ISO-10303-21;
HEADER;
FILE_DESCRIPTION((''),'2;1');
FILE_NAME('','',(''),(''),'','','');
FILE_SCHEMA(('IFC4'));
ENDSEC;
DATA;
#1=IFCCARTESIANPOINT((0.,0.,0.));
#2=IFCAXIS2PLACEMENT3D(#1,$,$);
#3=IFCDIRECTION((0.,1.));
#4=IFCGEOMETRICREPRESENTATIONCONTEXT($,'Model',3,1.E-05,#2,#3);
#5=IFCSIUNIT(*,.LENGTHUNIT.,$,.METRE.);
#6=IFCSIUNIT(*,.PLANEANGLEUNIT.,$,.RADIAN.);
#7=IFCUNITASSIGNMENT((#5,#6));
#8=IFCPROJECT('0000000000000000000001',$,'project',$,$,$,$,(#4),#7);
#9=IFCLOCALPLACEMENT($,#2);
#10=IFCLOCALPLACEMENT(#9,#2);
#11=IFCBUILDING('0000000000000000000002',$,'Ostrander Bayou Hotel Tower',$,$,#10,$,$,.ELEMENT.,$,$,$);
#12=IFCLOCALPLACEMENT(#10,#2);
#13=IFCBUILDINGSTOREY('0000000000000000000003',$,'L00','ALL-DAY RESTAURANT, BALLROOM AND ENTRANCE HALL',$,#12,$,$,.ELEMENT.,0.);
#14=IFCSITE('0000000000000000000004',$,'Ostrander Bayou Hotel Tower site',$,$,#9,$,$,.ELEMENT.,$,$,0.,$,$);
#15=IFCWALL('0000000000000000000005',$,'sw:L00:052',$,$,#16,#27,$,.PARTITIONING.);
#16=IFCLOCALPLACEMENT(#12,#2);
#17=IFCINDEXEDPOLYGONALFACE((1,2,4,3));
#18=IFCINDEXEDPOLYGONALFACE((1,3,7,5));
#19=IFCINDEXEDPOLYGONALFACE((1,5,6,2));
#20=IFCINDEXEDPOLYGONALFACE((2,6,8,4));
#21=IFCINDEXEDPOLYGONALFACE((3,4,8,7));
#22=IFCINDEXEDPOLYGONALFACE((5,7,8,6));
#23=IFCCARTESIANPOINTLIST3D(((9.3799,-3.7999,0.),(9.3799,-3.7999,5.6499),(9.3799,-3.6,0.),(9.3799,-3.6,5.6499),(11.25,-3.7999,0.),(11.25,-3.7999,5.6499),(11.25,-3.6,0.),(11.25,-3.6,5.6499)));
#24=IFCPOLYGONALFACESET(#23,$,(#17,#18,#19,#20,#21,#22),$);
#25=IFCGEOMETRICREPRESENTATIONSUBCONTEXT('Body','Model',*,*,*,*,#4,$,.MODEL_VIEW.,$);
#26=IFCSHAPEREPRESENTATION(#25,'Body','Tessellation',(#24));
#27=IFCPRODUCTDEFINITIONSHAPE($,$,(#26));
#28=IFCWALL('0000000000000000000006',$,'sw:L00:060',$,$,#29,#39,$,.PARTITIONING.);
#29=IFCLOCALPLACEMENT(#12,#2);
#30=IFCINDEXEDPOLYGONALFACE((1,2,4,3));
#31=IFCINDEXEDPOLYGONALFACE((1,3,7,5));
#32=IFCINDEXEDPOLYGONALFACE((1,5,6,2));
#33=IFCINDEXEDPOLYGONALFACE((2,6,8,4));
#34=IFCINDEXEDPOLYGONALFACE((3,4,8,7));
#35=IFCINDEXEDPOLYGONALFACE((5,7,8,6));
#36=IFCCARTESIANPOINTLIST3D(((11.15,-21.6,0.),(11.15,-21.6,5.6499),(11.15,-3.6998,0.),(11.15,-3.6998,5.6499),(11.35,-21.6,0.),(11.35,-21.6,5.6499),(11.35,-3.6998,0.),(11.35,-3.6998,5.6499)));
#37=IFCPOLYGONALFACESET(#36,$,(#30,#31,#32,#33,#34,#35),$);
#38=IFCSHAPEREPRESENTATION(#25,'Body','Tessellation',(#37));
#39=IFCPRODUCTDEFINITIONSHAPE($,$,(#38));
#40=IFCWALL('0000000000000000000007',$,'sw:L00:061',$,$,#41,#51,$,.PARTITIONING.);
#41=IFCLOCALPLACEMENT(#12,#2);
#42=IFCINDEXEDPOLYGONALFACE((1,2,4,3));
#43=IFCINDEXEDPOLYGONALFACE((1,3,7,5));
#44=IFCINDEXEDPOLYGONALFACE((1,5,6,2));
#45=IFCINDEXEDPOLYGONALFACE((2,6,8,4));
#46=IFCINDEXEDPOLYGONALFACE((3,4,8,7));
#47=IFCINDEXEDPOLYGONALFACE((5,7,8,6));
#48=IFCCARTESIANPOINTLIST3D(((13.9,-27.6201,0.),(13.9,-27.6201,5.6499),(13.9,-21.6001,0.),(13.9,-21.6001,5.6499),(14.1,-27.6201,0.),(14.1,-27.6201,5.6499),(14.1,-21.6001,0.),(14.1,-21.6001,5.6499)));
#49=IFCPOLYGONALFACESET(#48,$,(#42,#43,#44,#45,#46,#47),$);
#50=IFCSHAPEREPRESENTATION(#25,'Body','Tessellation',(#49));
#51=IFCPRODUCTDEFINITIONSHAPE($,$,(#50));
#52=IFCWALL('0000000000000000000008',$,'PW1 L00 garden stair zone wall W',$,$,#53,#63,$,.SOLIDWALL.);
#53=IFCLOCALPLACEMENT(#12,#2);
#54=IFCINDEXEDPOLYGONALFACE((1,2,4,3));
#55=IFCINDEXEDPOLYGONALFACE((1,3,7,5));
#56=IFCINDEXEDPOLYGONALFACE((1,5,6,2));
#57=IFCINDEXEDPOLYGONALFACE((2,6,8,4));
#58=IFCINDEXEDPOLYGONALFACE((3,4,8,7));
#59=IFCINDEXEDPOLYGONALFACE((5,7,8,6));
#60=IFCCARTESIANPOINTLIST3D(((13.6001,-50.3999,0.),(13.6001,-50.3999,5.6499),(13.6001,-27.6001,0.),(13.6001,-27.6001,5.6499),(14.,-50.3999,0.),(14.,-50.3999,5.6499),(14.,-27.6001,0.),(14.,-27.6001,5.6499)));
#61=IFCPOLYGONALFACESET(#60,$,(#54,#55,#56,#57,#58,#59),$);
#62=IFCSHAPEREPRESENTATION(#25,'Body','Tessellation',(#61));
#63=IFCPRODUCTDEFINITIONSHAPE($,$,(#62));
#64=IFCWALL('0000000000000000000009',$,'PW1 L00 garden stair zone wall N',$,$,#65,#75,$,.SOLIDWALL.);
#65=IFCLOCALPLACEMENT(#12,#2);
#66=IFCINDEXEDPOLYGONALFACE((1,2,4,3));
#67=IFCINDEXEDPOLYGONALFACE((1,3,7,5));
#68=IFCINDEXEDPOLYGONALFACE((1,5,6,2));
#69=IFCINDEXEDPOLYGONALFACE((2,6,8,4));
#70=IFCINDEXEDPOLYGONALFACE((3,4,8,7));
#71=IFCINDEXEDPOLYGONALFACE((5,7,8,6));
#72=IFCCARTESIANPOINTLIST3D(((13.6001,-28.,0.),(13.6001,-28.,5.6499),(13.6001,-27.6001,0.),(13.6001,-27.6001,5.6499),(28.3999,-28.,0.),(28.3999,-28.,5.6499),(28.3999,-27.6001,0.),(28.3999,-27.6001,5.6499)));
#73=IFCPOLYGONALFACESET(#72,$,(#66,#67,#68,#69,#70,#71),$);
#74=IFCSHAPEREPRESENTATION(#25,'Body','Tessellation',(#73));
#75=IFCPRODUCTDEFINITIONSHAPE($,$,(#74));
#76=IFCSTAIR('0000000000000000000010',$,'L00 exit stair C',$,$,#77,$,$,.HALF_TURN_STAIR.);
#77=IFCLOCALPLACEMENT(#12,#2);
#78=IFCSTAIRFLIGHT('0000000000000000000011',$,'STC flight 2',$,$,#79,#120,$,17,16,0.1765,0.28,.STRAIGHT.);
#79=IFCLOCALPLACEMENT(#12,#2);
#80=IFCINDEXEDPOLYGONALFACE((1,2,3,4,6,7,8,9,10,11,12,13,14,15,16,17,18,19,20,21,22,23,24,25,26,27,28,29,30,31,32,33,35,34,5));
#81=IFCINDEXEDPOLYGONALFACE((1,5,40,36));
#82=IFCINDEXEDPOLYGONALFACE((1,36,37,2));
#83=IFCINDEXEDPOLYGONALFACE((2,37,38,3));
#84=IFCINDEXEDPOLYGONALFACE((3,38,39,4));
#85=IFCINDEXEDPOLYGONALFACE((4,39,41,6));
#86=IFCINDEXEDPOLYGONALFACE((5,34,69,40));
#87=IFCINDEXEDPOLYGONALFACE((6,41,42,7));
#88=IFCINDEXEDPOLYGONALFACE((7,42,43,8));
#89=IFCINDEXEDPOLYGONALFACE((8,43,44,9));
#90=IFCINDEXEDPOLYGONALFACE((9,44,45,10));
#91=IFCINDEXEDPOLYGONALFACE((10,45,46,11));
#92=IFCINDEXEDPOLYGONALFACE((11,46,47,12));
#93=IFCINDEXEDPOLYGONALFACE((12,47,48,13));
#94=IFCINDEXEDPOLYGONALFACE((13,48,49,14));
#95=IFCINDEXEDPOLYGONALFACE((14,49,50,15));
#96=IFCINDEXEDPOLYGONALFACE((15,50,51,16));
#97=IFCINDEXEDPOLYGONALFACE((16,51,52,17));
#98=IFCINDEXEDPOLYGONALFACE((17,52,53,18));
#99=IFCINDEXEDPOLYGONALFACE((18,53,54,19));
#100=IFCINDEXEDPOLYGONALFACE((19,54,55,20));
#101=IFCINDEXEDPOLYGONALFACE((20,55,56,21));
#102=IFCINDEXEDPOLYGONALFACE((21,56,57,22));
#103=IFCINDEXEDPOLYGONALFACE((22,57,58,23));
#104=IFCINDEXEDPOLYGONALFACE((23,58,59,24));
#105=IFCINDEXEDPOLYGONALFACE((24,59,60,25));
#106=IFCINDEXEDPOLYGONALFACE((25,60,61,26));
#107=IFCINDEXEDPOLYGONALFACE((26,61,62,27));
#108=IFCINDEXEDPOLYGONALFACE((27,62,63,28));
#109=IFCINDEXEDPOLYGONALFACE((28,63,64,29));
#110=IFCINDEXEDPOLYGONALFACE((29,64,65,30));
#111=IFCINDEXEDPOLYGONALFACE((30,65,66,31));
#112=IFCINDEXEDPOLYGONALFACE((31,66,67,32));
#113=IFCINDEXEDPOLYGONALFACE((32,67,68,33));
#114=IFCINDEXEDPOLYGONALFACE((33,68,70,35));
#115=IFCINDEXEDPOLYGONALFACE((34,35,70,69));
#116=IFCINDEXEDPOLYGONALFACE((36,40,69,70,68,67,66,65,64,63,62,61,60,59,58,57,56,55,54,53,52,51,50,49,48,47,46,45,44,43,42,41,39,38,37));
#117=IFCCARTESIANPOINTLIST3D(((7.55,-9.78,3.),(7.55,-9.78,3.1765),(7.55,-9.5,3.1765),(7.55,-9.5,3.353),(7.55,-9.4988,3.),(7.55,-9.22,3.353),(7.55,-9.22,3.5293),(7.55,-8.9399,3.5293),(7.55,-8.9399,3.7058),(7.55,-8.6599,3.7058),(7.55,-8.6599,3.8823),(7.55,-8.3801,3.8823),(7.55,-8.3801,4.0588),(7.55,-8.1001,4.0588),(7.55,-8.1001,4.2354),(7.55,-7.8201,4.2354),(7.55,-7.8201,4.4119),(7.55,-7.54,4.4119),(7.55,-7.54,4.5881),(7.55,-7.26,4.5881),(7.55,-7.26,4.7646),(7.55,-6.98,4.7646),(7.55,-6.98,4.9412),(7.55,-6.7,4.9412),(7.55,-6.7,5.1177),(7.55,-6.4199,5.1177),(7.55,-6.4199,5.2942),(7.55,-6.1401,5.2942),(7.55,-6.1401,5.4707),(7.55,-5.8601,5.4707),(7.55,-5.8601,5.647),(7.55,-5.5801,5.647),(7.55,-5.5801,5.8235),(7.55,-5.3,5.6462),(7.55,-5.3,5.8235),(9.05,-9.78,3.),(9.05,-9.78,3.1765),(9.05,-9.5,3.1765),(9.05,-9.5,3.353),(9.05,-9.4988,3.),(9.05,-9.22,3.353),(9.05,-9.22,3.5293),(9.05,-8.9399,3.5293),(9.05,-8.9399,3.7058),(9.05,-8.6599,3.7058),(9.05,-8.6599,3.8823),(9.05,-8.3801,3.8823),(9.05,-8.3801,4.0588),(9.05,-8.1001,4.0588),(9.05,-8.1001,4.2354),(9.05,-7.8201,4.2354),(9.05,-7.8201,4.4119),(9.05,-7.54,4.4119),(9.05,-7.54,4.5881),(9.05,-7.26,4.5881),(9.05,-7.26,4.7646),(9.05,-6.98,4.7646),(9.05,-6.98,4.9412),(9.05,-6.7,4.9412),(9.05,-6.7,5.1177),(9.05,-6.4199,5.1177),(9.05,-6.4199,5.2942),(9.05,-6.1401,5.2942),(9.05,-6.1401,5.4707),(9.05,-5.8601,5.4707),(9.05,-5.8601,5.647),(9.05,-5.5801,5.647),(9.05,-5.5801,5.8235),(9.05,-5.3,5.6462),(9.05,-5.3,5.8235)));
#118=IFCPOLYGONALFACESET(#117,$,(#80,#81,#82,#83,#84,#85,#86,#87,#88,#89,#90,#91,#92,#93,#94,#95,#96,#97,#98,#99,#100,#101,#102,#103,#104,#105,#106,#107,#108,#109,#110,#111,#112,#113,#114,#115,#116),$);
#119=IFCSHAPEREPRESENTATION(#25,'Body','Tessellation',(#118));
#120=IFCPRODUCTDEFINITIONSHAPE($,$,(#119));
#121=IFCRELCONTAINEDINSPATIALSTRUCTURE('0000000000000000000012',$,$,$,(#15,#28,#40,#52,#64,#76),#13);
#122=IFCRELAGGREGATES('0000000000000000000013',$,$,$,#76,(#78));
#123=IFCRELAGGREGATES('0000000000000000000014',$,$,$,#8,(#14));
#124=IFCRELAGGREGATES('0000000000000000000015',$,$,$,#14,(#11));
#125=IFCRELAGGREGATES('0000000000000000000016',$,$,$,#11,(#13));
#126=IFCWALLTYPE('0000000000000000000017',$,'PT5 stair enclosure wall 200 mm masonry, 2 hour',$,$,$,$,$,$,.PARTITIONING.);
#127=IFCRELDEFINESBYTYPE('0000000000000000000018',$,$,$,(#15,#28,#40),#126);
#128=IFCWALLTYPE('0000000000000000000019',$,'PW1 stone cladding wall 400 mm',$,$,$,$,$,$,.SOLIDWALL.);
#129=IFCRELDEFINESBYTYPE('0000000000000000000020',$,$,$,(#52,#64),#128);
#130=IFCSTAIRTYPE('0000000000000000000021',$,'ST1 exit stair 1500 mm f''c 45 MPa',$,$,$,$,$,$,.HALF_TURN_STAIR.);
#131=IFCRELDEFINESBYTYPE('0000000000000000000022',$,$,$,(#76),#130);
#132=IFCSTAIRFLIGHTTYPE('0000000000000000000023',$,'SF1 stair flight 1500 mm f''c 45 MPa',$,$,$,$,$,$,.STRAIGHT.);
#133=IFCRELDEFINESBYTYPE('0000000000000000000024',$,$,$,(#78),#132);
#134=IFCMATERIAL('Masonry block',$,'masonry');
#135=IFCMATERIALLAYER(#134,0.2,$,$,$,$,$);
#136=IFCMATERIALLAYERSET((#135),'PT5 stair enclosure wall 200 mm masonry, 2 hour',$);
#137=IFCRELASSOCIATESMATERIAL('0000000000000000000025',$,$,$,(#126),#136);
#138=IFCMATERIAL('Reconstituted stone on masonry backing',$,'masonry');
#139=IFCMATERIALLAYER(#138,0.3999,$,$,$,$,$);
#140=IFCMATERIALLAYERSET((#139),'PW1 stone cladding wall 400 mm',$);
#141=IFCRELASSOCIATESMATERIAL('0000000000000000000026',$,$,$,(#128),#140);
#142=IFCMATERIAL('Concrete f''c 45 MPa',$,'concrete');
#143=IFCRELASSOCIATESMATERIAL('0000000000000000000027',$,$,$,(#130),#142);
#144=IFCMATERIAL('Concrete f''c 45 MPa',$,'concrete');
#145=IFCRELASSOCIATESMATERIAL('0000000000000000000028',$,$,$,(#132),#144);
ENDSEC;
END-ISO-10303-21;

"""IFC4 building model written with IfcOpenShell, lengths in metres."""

from ifc_helpers import new_model, si_unit, direction, frame, frame_2d, origin, place, context, subcontext, project, spatial, polyline, rectangle, outline, extrude, material, layer, layer_set, type_object, element, aggregate, save


model = new_model("IFC4")

# Units and contexts
model_context = context("Model", 3, precision=1e-05, world=origin(), true_north=direction((0.0, 1.0)))
body_context = subcontext(model_context, "Body", "Model", "MODEL_VIEW")
ifc_project = project(units=[si_unit("LENGTHUNIT", "METRE"), si_unit("PLANEANGLEUNIT", "RADIAN")], contexts=[model_context])

# Site, building, storey
site_placement = place(None, origin())
site = spatial("IfcSite", under=ifc_project, at=site_placement, Name="Ostrander Bayou Hotel Tower site", CompositionType="ELEMENT", RefElevation=0.0)
building_placement = place(site_placement, origin())
building = spatial("IfcBuilding", under=site, at=building_placement, Name="Ostrander Bayou Hotel Tower", CompositionType="ELEMENT")
storey_placement = place(building_placement, origin())
storey = spatial("IfcBuildingStorey", under=building, at=storey_placement, Name="L00", Description="ALL-DAY RESTAURANT, BALLROOM AND ENTRANCE HALL", CompositionType="ELEMENT", Elevation=0.0)

# Walls
ifc_material_1 = material(Name="Masonry block", Category="masonry")
ifc_layer_1 = layer(ifc_material_1, 0.2)
ifc_layer_set_1 = layer_set([ifc_layer_1], Name="PT5 stair enclosure wall 200 mm masonry, 2 hour")
wall_type_1 = type_object("IfcWallType", Name="PT5 stair enclosure wall 200 mm masonry, 2 hour", PredefinedType="PARTITIONING", material=ifc_layer_set_1)
wall_1_placement = place(storey_placement, frame((9.3799, -3.7, 0.0), z_axis=(0.0, 0.0, 1.0), x_axis=(1.0, 0.0, 0.0)))
element("IfcWall", 1, at=wall_1_placement, inside=storey, type_object=wall_type_1, Name="sw:L00:052", PredefinedType="PARTITIONING", context=body_context, shape_type="SweptSolid", body=[
    extrude(rectangle(XDim=1.8701, YDim=0.2, at=frame_2d((0.9351, 0.0))), origin(), (0.0, 0.0, 1.0), 5.6499),
])
wall_2_placement = place(storey_placement, frame((11.25, -21.6001, 0.0), z_axis=(0.0, 0.0, 1.0), x_axis=(0.0, 1.0, 0.0)))
element("IfcWall", 2, at=wall_2_placement, inside=storey, type_object=wall_type_1, Name="sw:L00:060", PredefinedType="PARTITIONING", context=body_context, shape_type="SweptSolid", body=[
    extrude(rectangle(XDim=17.9001, YDim=0.2, at=frame_2d((8.9502, 0.0))), origin(), (0.0, 0.0, 1.0), 5.6499),
])
wall_3_placement = place(storey_placement, frame((14.0, -27.6201, 0.0), z_axis=(0.0, 0.0, 1.0), x_axis=(0.0, 1.0, 0.0)))
element("IfcWall", 3, at=wall_3_placement, inside=storey, type_object=wall_type_1, Name="sw:L00:061", PredefinedType="PARTITIONING", context=body_context, shape_type="SweptSolid", body=[
    extrude(rectangle(XDim=6.02, YDim=0.2, at=frame_2d((3.01, 0.0))), origin(), (0.0, 0.0, 1.0), 5.6499),
])
ifc_material_2 = material(Name="Reconstituted stone on masonry backing", Category="masonry")
ifc_layer_2 = layer(ifc_material_2, 0.3999)
ifc_layer_set_2 = layer_set([ifc_layer_2], Name="PW1 stone cladding wall 400 mm")
wall_type_2 = type_object("IfcWallType", Name="PW1 stone cladding wall 400 mm", PredefinedType="SOLIDWALL", material=ifc_layer_set_2)
wall_4_placement = place(storey_placement, frame((13.8, -27.6001, 0.0), z_axis=(0.0, 0.0, 1.0), x_axis=(0.0, -1.0, 0.0)))
element("IfcWall", 4, at=wall_4_placement, inside=storey, type_object=wall_type_2, Name="PW1 L00 garden stair zone wall W", PredefinedType="SOLIDWALL", context=body_context, shape_type="SweptSolid", body=[
    extrude(rectangle(XDim=22.7998, YDim=0.3999, at=frame_2d((11.3999, 0.0))), origin(), (0.0, 0.0, 1.0), 5.6499),
])
wall_5_placement = place(storey_placement, frame((13.6001, -27.8, 0.0), z_axis=(0.0, 0.0, 1.0), x_axis=(1.0, 0.0, 0.0)))
element("IfcWall", 5, at=wall_5_placement, inside=storey, type_object=wall_type_2, Name="PW1 L00 garden stair zone wall N", PredefinedType="SOLIDWALL", context=body_context, shape_type="SweptSolid", body=[
    extrude(rectangle(XDim=14.7998, YDim=0.3999, at=frame_2d((7.3999, 0.0))), origin(), (0.0, 0.0, 1.0), 5.6499),
])

# Stair, stair flight
ifc_material_3 = material(Name="Concrete f'c 45 MPa", Category="concrete")
stair_type = type_object("IfcStairType", Name="ST1 exit stair 1500 mm f'c 45 MPa", PredefinedType="HALF_TURN_STAIR", material=ifc_material_3)
stair_placement = place(storey_placement, origin())
stair = element("IfcStair", 6, at=stair_placement, inside=storey, type_object=stair_type, Name="L00 exit stair C", PredefinedType="HALF_TURN_STAIR")
ifc_material_4 = material(Name="Concrete f'c 45 MPa", Category="concrete")
stair_flight_type = type_object("IfcStairFlightType", Name="SF1 stair flight 1500 mm f'c 45 MPa", PredefinedType="STRAIGHT", material=ifc_material_4)
stair_flight_placement = place(storey_placement, frame((8.3, -9.78, 3.0), z_axis=(0.0, 0.0, 1.0), x_axis=(0.0, 1.0, 0.0)))
stair_flight = element("IfcStairFlight", 7, at=stair_flight_placement, type_object=stair_flight_type, Name="STC flight 2", NumberOfRisers=17, NumberOfTreads=16, PredefinedType="STRAIGHT", RiserHeight=0.1765, TreadLength=0.28, context=body_context, shape_type="SweptSolid", body=[
    extrude(outline(polyline([(0.0, 0.0), (0.0, 0.1765), (0.28, 0.1765), (0.28, 0.353), (0.5601, 0.353), (0.5601, 0.5293), (0.8401, 0.5293), (0.8401, 0.7058), (1.1201, 0.7058), (1.1201, 0.8823), (1.3999, 0.8823), (1.3999, 1.0588), (1.6799, 1.0588), (1.6799, 1.2354), (1.96, 1.2354), (1.96, 1.4119), (2.24, 1.4119), (2.24, 1.5881), (2.52, 1.5881), (2.52, 1.7646), (2.8, 1.7646), (2.8, 1.9412), (3.0801, 1.9412), (3.0801, 2.1177), (3.3601, 2.1177), (3.3601, 2.2942), (3.6399, 2.2942), (3.6399, 2.4707), (3.9199, 2.4707), (3.9199, 2.647), (4.2, 2.647), (4.2, 2.8235), (4.48, 2.8235), (4.48, 3.0), (4.48, 2.6462), (0.2812, 0.0), (0.0, 0.0)])), frame((0.0, 0.75, 0.0), z_axis=(0.0, -1.0, 0.0), x_axis=(1.0, 0.0, 0.0)), (0.0, 0.0, 1.0), 1.5),
])
aggregate(stair, [stair_flight])

save(model, "model.ifc")
